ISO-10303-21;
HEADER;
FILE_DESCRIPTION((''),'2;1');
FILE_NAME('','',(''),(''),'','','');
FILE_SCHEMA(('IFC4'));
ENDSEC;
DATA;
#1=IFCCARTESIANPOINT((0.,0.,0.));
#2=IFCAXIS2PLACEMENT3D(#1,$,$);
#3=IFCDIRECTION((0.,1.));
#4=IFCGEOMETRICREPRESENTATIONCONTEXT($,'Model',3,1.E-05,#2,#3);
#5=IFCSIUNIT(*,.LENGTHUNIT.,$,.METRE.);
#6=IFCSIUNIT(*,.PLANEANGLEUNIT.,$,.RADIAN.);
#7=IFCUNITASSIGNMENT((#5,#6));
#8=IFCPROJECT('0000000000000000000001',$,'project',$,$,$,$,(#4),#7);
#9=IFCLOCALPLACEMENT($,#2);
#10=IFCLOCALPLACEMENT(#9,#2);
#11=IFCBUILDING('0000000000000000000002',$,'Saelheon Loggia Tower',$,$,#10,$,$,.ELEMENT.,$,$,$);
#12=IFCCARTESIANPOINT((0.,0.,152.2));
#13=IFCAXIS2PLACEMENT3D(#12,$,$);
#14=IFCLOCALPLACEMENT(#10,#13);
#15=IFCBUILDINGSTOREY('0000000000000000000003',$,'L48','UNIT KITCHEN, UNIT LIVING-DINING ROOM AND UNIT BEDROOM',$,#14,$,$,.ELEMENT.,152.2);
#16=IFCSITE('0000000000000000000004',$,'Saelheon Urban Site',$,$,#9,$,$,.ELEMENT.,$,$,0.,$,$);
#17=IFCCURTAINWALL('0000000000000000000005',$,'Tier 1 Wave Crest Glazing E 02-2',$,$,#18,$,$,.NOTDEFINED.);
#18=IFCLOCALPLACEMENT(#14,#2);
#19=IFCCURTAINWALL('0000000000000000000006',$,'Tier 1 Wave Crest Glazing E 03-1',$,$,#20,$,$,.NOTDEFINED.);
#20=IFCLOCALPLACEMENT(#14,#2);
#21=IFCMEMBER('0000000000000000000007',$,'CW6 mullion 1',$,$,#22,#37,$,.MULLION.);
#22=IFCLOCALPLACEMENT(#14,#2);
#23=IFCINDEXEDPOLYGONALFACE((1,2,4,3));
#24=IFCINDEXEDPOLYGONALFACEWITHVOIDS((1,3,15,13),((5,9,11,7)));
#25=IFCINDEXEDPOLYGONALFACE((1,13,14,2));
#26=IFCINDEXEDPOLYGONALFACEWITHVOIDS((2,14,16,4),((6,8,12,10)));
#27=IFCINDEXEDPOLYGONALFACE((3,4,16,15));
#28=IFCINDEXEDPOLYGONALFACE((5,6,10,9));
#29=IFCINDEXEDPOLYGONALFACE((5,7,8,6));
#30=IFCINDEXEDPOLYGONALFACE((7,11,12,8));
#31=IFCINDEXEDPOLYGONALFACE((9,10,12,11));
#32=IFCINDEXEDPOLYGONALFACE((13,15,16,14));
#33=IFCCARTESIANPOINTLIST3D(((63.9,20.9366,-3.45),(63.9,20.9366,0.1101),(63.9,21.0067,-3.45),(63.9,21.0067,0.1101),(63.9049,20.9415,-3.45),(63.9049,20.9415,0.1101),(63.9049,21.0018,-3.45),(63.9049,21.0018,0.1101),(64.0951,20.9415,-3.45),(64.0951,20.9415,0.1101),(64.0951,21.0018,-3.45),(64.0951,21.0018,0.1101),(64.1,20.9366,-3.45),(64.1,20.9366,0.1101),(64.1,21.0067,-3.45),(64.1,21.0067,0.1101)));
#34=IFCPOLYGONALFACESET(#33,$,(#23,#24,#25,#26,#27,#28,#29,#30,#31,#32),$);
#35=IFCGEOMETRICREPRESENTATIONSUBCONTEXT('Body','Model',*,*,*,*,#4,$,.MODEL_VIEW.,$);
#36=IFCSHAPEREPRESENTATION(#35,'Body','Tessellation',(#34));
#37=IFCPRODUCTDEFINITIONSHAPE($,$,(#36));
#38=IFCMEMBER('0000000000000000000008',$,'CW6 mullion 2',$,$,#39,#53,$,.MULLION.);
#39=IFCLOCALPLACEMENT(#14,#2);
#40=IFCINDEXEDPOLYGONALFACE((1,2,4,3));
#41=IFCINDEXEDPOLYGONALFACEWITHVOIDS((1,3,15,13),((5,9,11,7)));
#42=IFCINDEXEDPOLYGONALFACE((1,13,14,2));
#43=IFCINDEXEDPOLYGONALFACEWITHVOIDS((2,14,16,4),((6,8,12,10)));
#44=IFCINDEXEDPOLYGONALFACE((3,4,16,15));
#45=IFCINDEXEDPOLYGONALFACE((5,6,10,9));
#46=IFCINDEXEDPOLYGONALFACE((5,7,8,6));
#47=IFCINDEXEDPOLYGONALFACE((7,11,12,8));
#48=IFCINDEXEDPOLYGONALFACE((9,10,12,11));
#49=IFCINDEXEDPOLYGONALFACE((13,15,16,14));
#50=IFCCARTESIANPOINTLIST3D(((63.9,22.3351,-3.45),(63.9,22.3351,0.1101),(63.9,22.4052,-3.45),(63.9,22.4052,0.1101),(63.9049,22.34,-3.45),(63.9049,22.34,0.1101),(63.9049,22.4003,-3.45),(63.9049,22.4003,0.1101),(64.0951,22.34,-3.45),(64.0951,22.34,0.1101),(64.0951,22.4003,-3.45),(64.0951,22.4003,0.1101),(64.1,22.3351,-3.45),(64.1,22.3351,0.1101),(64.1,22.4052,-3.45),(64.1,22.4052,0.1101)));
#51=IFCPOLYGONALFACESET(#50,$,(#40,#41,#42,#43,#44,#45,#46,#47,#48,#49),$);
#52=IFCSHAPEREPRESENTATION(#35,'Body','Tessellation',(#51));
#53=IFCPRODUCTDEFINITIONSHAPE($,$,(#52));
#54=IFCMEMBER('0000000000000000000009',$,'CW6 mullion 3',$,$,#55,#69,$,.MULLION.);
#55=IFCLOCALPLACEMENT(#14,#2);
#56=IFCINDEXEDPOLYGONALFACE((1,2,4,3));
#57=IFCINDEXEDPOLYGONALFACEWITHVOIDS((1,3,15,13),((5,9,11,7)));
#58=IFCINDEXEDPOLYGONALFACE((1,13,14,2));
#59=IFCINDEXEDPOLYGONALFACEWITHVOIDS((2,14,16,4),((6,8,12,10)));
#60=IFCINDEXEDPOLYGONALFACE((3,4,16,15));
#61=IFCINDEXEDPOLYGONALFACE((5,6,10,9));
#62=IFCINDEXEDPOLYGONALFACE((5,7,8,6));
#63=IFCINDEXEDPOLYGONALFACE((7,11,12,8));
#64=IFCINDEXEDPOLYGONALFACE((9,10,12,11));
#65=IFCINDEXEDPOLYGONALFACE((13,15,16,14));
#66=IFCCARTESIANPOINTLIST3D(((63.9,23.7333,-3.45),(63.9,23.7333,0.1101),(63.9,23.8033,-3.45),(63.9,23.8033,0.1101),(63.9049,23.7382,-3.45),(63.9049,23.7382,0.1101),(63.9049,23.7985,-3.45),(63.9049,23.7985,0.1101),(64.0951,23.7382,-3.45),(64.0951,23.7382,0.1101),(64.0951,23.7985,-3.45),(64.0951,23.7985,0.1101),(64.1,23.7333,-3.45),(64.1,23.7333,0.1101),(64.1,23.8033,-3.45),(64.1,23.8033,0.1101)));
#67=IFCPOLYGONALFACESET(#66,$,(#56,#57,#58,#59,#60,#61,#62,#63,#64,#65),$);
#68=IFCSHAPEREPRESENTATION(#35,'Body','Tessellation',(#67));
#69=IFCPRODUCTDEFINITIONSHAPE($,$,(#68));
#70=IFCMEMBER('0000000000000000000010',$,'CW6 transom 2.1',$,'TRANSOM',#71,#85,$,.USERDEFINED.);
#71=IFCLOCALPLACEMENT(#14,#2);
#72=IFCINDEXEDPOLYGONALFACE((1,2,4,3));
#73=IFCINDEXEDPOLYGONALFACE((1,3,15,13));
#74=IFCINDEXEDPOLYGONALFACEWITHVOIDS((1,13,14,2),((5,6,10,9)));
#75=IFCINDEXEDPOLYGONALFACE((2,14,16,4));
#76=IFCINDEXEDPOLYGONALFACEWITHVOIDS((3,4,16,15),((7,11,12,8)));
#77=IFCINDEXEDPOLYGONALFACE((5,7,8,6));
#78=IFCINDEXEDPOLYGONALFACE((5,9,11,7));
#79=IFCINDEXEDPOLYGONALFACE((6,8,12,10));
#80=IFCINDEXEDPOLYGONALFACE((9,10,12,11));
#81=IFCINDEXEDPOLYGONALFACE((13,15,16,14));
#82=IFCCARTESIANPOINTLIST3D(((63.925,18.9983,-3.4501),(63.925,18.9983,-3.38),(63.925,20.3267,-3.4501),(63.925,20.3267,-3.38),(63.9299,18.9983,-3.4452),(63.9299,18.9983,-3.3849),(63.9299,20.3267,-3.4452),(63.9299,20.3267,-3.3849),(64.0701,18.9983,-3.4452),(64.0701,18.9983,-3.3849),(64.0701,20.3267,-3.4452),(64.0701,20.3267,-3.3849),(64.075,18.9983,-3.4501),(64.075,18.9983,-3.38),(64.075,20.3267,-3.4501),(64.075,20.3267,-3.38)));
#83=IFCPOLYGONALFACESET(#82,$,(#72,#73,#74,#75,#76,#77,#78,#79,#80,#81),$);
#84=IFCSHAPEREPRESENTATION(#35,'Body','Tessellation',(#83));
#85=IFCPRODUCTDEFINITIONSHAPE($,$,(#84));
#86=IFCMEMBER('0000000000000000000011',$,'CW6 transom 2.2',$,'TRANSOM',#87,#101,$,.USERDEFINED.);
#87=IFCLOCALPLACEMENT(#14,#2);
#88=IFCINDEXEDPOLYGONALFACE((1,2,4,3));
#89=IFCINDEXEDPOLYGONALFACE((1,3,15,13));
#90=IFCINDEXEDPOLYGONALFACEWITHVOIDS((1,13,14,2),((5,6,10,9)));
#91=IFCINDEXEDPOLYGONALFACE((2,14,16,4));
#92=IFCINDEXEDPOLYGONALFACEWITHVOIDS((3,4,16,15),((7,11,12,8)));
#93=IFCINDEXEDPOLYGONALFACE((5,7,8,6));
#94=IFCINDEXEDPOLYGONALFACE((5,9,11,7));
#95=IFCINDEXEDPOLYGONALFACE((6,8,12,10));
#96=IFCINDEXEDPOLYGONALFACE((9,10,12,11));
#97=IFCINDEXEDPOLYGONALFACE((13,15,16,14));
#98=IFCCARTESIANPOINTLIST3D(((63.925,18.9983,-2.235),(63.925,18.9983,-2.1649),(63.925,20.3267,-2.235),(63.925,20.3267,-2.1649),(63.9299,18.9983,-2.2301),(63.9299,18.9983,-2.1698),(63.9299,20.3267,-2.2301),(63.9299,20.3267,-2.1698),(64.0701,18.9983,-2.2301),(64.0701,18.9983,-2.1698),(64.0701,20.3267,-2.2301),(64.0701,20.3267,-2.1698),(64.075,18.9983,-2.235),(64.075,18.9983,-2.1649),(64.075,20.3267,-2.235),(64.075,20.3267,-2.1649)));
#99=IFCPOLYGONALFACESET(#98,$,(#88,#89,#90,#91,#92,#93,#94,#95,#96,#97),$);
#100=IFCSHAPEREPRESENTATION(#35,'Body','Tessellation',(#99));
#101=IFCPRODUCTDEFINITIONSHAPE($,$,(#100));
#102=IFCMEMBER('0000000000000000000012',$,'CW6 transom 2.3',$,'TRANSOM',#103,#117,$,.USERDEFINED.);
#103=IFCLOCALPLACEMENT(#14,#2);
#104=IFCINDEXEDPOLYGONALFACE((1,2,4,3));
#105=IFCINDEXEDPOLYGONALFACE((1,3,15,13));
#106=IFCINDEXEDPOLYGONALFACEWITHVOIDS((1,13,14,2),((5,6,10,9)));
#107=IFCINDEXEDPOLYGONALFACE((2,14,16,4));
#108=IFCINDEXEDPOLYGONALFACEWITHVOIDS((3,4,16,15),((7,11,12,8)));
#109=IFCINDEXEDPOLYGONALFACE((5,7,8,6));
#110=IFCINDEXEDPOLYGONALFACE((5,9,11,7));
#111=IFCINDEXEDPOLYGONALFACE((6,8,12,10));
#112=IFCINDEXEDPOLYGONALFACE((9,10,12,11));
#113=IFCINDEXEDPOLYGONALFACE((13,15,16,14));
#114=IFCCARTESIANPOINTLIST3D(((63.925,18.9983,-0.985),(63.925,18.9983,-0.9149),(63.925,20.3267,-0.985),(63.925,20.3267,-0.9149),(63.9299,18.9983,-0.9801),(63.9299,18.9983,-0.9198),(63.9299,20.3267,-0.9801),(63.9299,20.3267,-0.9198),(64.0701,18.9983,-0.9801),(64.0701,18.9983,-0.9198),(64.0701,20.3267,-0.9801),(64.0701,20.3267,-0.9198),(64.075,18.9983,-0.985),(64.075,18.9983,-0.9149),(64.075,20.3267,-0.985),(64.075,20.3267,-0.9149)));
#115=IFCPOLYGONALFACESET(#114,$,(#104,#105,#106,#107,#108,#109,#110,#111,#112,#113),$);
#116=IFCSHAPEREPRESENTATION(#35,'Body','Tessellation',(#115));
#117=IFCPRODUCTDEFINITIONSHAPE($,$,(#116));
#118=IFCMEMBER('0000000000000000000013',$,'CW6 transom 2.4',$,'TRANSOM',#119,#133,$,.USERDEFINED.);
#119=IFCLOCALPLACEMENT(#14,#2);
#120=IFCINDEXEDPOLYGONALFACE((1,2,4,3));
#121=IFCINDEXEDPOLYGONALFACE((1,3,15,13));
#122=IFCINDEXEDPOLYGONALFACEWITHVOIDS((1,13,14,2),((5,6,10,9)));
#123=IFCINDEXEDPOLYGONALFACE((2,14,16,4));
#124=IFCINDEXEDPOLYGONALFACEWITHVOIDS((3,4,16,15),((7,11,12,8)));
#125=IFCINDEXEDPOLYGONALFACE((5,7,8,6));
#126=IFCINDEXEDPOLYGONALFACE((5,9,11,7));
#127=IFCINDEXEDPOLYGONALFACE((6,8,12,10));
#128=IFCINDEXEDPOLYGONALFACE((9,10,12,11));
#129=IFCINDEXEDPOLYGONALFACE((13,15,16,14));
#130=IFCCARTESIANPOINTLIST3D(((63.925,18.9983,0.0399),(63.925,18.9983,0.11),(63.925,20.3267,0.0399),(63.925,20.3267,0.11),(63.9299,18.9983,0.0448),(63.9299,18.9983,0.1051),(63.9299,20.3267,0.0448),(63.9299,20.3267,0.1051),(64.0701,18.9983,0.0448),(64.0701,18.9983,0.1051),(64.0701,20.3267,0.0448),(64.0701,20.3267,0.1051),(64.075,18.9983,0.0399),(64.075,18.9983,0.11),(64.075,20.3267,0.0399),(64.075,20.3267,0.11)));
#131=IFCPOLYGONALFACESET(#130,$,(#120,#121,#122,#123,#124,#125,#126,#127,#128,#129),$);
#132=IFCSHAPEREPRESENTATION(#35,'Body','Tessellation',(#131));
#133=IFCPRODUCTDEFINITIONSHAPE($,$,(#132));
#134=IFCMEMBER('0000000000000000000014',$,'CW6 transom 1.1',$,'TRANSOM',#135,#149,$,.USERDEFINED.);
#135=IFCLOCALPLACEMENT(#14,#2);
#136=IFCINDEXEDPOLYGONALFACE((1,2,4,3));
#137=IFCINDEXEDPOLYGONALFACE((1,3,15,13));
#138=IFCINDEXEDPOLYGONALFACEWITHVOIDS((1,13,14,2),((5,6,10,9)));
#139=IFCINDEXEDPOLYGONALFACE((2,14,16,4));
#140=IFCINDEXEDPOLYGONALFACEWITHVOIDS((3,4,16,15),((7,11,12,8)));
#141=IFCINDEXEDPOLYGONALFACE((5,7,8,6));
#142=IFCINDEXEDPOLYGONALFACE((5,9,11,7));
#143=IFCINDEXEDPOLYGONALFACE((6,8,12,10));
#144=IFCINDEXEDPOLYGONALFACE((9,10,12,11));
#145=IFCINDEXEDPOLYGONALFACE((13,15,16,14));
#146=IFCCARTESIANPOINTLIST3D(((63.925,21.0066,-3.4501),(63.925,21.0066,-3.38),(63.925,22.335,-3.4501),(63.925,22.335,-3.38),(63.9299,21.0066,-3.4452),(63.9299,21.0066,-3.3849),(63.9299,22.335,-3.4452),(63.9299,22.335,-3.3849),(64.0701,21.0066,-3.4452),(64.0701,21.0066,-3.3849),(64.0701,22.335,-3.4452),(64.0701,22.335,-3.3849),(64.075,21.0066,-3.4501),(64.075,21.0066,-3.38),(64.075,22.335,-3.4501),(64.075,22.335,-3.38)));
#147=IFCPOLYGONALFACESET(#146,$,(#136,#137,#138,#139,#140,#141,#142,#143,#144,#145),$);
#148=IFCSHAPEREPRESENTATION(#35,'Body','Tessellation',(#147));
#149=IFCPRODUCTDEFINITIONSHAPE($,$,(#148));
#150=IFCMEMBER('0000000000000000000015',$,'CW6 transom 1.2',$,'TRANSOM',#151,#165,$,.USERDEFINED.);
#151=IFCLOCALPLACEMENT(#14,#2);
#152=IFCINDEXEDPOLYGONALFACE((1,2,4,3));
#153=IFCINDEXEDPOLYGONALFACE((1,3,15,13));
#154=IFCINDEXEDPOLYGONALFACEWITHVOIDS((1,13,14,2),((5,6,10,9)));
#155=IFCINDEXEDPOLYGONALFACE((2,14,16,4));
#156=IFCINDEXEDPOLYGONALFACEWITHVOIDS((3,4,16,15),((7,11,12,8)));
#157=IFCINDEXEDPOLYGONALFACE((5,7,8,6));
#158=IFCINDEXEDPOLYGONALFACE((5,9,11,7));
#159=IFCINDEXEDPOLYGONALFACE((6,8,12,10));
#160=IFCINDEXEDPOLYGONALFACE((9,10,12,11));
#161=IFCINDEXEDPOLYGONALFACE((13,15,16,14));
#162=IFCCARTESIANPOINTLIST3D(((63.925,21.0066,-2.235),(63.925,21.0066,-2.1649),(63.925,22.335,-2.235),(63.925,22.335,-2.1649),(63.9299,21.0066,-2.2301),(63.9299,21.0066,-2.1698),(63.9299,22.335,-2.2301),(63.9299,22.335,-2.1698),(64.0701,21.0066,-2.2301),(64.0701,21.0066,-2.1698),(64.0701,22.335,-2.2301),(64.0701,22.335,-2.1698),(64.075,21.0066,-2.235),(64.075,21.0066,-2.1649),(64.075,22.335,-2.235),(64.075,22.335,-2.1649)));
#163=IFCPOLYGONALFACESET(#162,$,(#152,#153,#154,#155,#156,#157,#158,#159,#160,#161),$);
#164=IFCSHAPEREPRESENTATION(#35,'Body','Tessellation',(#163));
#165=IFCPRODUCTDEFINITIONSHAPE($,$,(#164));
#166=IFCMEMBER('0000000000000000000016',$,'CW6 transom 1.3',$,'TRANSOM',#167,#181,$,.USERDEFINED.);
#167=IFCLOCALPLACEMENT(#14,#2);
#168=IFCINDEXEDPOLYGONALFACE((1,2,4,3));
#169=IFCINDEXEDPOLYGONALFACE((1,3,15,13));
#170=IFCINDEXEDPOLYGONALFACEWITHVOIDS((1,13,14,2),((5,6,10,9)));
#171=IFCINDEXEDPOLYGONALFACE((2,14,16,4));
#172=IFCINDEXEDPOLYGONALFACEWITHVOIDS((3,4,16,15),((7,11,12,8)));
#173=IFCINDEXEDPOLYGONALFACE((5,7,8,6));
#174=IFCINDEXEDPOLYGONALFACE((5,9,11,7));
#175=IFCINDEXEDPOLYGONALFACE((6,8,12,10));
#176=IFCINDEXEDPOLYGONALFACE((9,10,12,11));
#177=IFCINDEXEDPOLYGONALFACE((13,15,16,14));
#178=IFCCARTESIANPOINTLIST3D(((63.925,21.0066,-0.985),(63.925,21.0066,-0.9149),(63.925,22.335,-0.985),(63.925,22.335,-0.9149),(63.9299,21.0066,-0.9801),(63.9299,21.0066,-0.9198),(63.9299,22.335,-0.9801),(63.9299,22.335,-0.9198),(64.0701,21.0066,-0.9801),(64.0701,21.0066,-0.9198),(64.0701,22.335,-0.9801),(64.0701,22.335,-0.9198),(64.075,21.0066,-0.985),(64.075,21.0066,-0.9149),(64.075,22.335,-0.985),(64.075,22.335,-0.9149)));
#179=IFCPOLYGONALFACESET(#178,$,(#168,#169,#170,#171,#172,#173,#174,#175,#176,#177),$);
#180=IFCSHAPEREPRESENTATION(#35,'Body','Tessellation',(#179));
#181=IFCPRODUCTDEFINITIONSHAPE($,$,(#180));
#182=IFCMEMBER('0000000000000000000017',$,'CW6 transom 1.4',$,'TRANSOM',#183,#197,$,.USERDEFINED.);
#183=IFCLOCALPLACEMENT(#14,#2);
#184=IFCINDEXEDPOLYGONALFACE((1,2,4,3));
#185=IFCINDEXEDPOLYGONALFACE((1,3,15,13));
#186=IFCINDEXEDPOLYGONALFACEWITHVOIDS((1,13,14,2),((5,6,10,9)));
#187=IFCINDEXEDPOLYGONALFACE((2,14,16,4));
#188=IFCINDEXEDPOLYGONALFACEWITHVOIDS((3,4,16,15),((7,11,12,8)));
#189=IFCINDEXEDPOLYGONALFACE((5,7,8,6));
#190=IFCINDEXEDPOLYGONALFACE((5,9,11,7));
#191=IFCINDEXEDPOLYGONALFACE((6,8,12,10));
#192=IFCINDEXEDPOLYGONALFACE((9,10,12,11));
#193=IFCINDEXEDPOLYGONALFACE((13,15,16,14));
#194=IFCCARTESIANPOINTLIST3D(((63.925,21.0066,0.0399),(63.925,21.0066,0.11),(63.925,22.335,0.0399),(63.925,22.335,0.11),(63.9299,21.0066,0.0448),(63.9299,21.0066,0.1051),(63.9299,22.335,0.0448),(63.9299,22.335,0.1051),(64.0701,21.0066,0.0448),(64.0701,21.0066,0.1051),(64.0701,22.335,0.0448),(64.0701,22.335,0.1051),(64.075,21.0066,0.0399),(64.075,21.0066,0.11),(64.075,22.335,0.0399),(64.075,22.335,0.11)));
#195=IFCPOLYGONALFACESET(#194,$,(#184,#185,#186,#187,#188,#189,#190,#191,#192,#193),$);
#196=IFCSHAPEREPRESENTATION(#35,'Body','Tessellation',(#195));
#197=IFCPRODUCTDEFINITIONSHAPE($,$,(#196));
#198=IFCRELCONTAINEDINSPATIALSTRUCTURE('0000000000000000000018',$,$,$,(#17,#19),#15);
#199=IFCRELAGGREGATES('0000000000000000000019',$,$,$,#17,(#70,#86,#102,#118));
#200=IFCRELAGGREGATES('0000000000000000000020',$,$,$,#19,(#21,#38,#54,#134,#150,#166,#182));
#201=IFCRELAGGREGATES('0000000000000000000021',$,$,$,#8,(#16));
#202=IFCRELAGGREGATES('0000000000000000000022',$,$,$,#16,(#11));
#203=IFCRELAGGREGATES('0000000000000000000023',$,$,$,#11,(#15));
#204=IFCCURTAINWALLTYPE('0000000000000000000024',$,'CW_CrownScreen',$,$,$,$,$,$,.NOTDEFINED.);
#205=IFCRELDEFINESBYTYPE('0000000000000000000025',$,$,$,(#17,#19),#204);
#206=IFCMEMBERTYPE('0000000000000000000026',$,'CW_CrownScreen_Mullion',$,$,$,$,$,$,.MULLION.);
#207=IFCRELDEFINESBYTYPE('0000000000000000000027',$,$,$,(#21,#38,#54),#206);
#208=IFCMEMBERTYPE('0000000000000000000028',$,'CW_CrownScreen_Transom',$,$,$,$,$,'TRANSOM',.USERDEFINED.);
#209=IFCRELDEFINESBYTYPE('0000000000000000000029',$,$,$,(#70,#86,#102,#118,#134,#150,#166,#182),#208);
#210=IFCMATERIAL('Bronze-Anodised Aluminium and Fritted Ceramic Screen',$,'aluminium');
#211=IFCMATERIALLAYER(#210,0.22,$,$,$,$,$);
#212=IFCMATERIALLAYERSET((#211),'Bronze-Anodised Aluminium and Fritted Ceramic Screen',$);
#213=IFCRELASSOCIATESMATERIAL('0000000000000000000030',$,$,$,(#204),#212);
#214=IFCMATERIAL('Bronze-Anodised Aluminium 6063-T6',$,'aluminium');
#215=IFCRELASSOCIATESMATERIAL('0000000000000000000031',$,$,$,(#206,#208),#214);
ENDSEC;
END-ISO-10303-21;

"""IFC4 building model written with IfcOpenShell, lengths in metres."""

from ifc_helpers import new_model, si_unit, direction, frame, origin, origin_2d, place, context, subcontext, project, spatial, hollow_rectangle, extrude, source, transform, mapped, material, layer, layer_set, material_profile, profile_set, type_object, element, aggregate, save


model = new_model("IFC4")

# Units and contexts
model_context = context("Model", 3, precision=1e-05, world=origin(), true_north=direction((0.0, 1.0)))
body_context = subcontext(model_context, "Body", "Model", "MODEL_VIEW")
ifc_project = project(units=[si_unit("LENGTHUNIT", "METRE"), si_unit("PLANEANGLEUNIT", "RADIAN")], contexts=[model_context])

# Site, building, storey
site_placement = place(None, origin())
site = spatial("IfcSite", under=ifc_project, at=site_placement, Name="Saelheon Urban Site", CompositionType="ELEMENT", RefElevation=0.0)
building_placement = place(site_placement, origin())
building = spatial("IfcBuilding", under=site, at=building_placement, Name="Saelheon Loggia Tower", CompositionType="ELEMENT")
storey_placement = place(building_placement, frame((0.0, 0.0, 152.2)))
storey = spatial("IfcBuildingStorey", under=building, at=storey_placement, Name="L48", Description="UNIT KITCHEN, UNIT LIVING-DINING ROOM AND UNIT BEDROOM", CompositionType="ELEMENT", Elevation=152.2)

# Curtain walls, members
ifc_material_1 = material(Name="Bronze-Anodised Aluminium and Fritted Ceramic Screen", Category="aluminium")
ifc_layer_1 = layer(ifc_material_1, 0.22)
ifc_layer_set_1 = layer_set([ifc_layer_1], Name="Bronze-Anodised Aluminium and Fritted Ceramic Screen")
curtain_wall_type = type_object("IfcCurtainWallType", Name="CW_CrownScreen", PredefinedType="NOTDEFINED", material=ifc_layer_set_1)
curtain_wall_1_placement = place(storey_placement, origin())
curtain_wall_1 = element("IfcCurtainWall", 1, at=curtain_wall_1_placement, inside=storey, type_object=curtain_wall_type, Name="Tier 1 Wave Crest Glazing E 02-2", PredefinedType="NOTDEFINED")
ifc_material_2 = material(Name="Bronze-Anodised Aluminium 6063-T6", Category="aluminium")
ifc_material_profile_1 = material_profile(ifc_material_2, hollow_rectangle(XDim=0.0701, YDim=0.2, WallThickness=0.0049, at=origin_2d()), Name="RHS-200x70x5")
ifc_profile_set_1 = profile_set([ifc_material_profile_1], Name="Bronze-Anodised Aluminium 6063-T6")
member_type_1 = type_object("IfcMemberType", Name="CW_CrownScreen_Mullion", PredefinedType="MULLION", material=ifc_profile_set_1)
shared_shape_1 = source(origin(), body_context, "Body", "SweptSolid", [
    extrude(hollow_rectangle(XDim=0.0701, YDim=0.2, WallThickness=0.0049, at=origin_2d()), origin(), (0.0, 0.0, 1.0), 3.5601),
])
curtain_wall_2_placement = place(storey_placement, origin())
curtain_wall_2 = element("IfcCurtainWall", 2, at=curtain_wall_2_placement, inside=storey, type_object=curtain_wall_type, Name="Tier 1 Wave Crest Glazing E 03-1", PredefinedType="NOTDEFINED")
member_1_placement = place(storey_placement, frame((64.0, 20.9717, -3.45), z_axis=(0.0, 0.0, 1.0), x_axis=(0.0, 1.0, 0.0)))
member_1 = element("IfcMember", 3, at=member_1_placement, type_object=member_type_1, Name="CW6 mullion 1", PredefinedType="MULLION", context=body_context, shape_type="MappedRepresentation", body=[
    mapped(shared_shape_1, transform((0.0, 0.0, 0.0), scale=1.0)),
])
member_2_placement = place(storey_placement, frame((64.0, 22.3701, -3.45), z_axis=(0.0, 0.0, 1.0), x_axis=(0.0, 1.0, 0.0)))
member_2 = element("IfcMember", 4, at=member_2_placement, type_object=member_type_1, Name="CW6 mullion 2", PredefinedType="MULLION", context=body_context, shape_type="MappedRepresentation", body=[
    mapped(shared_shape_1, transform((0.0, 0.0, 0.0), scale=1.0)),
])
member_3_placement = place(storey_placement, frame((64.0, 23.7683, -3.45), z_axis=(0.0, 0.0, 1.0), x_axis=(0.0, 1.0, 0.0)))
member_3 = element("IfcMember", 5, at=member_3_placement, type_object=member_type_1, Name="CW6 mullion 3", PredefinedType="MULLION", context=body_context, shape_type="MappedRepresentation", body=[
    mapped(shared_shape_1, transform((0.0, 0.0, 0.0), scale=1.0)),
])

# Members
ifc_material_profile_2 = material_profile(ifc_material_2, hollow_rectangle(XDim=0.0701, YDim=0.1499, WallThickness=0.0049, at=origin_2d()), Name="RHS-150x70x5")
ifc_profile_set_2 = profile_set([ifc_material_profile_2], Name="Bronze-Anodised Aluminium 6063-T6")
member_type_2 = type_object("IfcMemberType", Name="CW_CrownScreen_Transom", ElementType="TRANSOM", PredefinedType="USERDEFINED", material=ifc_profile_set_2)
shared_shape_2 = source(origin(), body_context, "Body", "SweptSolid", [
    extrude(hollow_rectangle(XDim=0.0701, YDim=0.1499, WallThickness=0.0049, at=origin_2d()), origin(), (0.0, 0.0, 1.0), 1.3284),
])
member_4_placement = place(storey_placement, frame((64.0, 18.9983, -3.415), z_axis=(0.0, 1.0, 0.0), x_axis=(0.0, 0.0, 1.0)))
member_4 = element("IfcMember", 6, at=member_4_placement, type_object=member_type_2, Name="CW6 transom 2.1", ObjectType="TRANSOM", PredefinedType="USERDEFINED", context=body_context, shape_type="MappedRepresentation", body=[
    mapped(shared_shape_2, transform((0.0, 0.0, 0.0), scale=1.0)),
])
member_5_placement = place(storey_placement, frame((64.0, 18.9983, -2.2), z_axis=(0.0, 1.0, 0.0), x_axis=(0.0, 0.0, 1.0)))
member_5 = element("IfcMember", 7, at=member_5_placement, type_object=member_type_2, Name="CW6 transom 2.2", ObjectType="TRANSOM", PredefinedType="USERDEFINED", context=body_context, shape_type="MappedRepresentation", body=[
    mapped(shared_shape_2, transform((0.0, 0.0, 0.0), scale=1.0)),
])
member_6_placement = place(storey_placement, frame((64.0, 18.9983, -0.95), z_axis=(0.0, 1.0, 0.0), x_axis=(0.0, 0.0, 1.0)))
member_6 = element("IfcMember", 8, at=member_6_placement, type_object=member_type_2, Name="CW6 transom 2.3", ObjectType="TRANSOM", PredefinedType="USERDEFINED", context=body_context, shape_type="MappedRepresentation", body=[
    mapped(shared_shape_2, transform((0.0, 0.0, 0.0), scale=1.0)),
])
member_7_placement = place(storey_placement, frame((64.0, 18.9983, 0.075), z_axis=(0.0, 1.0, 0.0), x_axis=(0.0, 0.0, 1.0)))
member_7 = element("IfcMember", 9, at=member_7_placement, type_object=member_type_2, Name="CW6 transom 2.4", ObjectType="TRANSOM", PredefinedType="USERDEFINED", context=body_context, shape_type="MappedRepresentation", body=[
    mapped(shared_shape_2, transform((0.0, 0.0, 0.0), scale=1.0)),
])
member_8_placement = place(storey_placement, frame((64.0, 21.0066, -3.415), z_axis=(0.0, 1.0, 0.0), x_axis=(0.0, 0.0, 1.0)))
member_8 = element("IfcMember", 10, at=member_8_placement, type_object=member_type_2, Name="CW6 transom 1.1", ObjectType="TRANSOM", PredefinedType="USERDEFINED", context=body_context, shape_type="MappedRepresentation", body=[
    mapped(shared_shape_2, transform((0.0, 0.0, 0.0), scale=1.0)),
])
member_9_placement = place(storey_placement, frame((64.0, 21.0066, -2.2), z_axis=(0.0, 1.0, 0.0), x_axis=(0.0, 0.0, 1.0)))
member_9 = element("IfcMember", 11, at=member_9_placement, type_object=member_type_2, Name="CW6 transom 1.2", ObjectType="TRANSOM", PredefinedType="USERDEFINED", context=body_context, shape_type="MappedRepresentation", body=[
    mapped(shared_shape_2, transform((0.0, 0.0, 0.0), scale=1.0)),
])
member_10_placement = place(storey_placement, frame((64.0, 21.0066, -0.95), z_axis=(0.0, 1.0, 0.0), x_axis=(0.0, 0.0, 1.0)))
member_10 = element("IfcMember", 12, at=member_10_placement, type_object=member_type_2, Name="CW6 transom 1.3", ObjectType="TRANSOM", PredefinedType="USERDEFINED", context=body_context, shape_type="MappedRepresentation", body=[
    mapped(shared_shape_2, transform((0.0, 0.0, 0.0), scale=1.0)),
])
member_11_placement = place(storey_placement, frame((64.0, 21.0066, 0.075), z_axis=(0.0, 1.0, 0.0), x_axis=(0.0, 0.0, 1.0)))
member_11 = element("IfcMember", 13, at=member_11_placement, type_object=member_type_2, Name="CW6 transom 1.4", ObjectType="TRANSOM", PredefinedType="USERDEFINED", context=body_context, shape_type="MappedRepresentation", body=[
    mapped(shared_shape_2, transform((0.0, 0.0, 0.0), scale=1.0)),
])

aggregate(curtain_wall_1, [member_4, member_5, member_6, member_7])
aggregate(curtain_wall_2, [member_1, member_2, member_3, member_8, member_9, member_10, member_11])

save(model, "model.ifc")
